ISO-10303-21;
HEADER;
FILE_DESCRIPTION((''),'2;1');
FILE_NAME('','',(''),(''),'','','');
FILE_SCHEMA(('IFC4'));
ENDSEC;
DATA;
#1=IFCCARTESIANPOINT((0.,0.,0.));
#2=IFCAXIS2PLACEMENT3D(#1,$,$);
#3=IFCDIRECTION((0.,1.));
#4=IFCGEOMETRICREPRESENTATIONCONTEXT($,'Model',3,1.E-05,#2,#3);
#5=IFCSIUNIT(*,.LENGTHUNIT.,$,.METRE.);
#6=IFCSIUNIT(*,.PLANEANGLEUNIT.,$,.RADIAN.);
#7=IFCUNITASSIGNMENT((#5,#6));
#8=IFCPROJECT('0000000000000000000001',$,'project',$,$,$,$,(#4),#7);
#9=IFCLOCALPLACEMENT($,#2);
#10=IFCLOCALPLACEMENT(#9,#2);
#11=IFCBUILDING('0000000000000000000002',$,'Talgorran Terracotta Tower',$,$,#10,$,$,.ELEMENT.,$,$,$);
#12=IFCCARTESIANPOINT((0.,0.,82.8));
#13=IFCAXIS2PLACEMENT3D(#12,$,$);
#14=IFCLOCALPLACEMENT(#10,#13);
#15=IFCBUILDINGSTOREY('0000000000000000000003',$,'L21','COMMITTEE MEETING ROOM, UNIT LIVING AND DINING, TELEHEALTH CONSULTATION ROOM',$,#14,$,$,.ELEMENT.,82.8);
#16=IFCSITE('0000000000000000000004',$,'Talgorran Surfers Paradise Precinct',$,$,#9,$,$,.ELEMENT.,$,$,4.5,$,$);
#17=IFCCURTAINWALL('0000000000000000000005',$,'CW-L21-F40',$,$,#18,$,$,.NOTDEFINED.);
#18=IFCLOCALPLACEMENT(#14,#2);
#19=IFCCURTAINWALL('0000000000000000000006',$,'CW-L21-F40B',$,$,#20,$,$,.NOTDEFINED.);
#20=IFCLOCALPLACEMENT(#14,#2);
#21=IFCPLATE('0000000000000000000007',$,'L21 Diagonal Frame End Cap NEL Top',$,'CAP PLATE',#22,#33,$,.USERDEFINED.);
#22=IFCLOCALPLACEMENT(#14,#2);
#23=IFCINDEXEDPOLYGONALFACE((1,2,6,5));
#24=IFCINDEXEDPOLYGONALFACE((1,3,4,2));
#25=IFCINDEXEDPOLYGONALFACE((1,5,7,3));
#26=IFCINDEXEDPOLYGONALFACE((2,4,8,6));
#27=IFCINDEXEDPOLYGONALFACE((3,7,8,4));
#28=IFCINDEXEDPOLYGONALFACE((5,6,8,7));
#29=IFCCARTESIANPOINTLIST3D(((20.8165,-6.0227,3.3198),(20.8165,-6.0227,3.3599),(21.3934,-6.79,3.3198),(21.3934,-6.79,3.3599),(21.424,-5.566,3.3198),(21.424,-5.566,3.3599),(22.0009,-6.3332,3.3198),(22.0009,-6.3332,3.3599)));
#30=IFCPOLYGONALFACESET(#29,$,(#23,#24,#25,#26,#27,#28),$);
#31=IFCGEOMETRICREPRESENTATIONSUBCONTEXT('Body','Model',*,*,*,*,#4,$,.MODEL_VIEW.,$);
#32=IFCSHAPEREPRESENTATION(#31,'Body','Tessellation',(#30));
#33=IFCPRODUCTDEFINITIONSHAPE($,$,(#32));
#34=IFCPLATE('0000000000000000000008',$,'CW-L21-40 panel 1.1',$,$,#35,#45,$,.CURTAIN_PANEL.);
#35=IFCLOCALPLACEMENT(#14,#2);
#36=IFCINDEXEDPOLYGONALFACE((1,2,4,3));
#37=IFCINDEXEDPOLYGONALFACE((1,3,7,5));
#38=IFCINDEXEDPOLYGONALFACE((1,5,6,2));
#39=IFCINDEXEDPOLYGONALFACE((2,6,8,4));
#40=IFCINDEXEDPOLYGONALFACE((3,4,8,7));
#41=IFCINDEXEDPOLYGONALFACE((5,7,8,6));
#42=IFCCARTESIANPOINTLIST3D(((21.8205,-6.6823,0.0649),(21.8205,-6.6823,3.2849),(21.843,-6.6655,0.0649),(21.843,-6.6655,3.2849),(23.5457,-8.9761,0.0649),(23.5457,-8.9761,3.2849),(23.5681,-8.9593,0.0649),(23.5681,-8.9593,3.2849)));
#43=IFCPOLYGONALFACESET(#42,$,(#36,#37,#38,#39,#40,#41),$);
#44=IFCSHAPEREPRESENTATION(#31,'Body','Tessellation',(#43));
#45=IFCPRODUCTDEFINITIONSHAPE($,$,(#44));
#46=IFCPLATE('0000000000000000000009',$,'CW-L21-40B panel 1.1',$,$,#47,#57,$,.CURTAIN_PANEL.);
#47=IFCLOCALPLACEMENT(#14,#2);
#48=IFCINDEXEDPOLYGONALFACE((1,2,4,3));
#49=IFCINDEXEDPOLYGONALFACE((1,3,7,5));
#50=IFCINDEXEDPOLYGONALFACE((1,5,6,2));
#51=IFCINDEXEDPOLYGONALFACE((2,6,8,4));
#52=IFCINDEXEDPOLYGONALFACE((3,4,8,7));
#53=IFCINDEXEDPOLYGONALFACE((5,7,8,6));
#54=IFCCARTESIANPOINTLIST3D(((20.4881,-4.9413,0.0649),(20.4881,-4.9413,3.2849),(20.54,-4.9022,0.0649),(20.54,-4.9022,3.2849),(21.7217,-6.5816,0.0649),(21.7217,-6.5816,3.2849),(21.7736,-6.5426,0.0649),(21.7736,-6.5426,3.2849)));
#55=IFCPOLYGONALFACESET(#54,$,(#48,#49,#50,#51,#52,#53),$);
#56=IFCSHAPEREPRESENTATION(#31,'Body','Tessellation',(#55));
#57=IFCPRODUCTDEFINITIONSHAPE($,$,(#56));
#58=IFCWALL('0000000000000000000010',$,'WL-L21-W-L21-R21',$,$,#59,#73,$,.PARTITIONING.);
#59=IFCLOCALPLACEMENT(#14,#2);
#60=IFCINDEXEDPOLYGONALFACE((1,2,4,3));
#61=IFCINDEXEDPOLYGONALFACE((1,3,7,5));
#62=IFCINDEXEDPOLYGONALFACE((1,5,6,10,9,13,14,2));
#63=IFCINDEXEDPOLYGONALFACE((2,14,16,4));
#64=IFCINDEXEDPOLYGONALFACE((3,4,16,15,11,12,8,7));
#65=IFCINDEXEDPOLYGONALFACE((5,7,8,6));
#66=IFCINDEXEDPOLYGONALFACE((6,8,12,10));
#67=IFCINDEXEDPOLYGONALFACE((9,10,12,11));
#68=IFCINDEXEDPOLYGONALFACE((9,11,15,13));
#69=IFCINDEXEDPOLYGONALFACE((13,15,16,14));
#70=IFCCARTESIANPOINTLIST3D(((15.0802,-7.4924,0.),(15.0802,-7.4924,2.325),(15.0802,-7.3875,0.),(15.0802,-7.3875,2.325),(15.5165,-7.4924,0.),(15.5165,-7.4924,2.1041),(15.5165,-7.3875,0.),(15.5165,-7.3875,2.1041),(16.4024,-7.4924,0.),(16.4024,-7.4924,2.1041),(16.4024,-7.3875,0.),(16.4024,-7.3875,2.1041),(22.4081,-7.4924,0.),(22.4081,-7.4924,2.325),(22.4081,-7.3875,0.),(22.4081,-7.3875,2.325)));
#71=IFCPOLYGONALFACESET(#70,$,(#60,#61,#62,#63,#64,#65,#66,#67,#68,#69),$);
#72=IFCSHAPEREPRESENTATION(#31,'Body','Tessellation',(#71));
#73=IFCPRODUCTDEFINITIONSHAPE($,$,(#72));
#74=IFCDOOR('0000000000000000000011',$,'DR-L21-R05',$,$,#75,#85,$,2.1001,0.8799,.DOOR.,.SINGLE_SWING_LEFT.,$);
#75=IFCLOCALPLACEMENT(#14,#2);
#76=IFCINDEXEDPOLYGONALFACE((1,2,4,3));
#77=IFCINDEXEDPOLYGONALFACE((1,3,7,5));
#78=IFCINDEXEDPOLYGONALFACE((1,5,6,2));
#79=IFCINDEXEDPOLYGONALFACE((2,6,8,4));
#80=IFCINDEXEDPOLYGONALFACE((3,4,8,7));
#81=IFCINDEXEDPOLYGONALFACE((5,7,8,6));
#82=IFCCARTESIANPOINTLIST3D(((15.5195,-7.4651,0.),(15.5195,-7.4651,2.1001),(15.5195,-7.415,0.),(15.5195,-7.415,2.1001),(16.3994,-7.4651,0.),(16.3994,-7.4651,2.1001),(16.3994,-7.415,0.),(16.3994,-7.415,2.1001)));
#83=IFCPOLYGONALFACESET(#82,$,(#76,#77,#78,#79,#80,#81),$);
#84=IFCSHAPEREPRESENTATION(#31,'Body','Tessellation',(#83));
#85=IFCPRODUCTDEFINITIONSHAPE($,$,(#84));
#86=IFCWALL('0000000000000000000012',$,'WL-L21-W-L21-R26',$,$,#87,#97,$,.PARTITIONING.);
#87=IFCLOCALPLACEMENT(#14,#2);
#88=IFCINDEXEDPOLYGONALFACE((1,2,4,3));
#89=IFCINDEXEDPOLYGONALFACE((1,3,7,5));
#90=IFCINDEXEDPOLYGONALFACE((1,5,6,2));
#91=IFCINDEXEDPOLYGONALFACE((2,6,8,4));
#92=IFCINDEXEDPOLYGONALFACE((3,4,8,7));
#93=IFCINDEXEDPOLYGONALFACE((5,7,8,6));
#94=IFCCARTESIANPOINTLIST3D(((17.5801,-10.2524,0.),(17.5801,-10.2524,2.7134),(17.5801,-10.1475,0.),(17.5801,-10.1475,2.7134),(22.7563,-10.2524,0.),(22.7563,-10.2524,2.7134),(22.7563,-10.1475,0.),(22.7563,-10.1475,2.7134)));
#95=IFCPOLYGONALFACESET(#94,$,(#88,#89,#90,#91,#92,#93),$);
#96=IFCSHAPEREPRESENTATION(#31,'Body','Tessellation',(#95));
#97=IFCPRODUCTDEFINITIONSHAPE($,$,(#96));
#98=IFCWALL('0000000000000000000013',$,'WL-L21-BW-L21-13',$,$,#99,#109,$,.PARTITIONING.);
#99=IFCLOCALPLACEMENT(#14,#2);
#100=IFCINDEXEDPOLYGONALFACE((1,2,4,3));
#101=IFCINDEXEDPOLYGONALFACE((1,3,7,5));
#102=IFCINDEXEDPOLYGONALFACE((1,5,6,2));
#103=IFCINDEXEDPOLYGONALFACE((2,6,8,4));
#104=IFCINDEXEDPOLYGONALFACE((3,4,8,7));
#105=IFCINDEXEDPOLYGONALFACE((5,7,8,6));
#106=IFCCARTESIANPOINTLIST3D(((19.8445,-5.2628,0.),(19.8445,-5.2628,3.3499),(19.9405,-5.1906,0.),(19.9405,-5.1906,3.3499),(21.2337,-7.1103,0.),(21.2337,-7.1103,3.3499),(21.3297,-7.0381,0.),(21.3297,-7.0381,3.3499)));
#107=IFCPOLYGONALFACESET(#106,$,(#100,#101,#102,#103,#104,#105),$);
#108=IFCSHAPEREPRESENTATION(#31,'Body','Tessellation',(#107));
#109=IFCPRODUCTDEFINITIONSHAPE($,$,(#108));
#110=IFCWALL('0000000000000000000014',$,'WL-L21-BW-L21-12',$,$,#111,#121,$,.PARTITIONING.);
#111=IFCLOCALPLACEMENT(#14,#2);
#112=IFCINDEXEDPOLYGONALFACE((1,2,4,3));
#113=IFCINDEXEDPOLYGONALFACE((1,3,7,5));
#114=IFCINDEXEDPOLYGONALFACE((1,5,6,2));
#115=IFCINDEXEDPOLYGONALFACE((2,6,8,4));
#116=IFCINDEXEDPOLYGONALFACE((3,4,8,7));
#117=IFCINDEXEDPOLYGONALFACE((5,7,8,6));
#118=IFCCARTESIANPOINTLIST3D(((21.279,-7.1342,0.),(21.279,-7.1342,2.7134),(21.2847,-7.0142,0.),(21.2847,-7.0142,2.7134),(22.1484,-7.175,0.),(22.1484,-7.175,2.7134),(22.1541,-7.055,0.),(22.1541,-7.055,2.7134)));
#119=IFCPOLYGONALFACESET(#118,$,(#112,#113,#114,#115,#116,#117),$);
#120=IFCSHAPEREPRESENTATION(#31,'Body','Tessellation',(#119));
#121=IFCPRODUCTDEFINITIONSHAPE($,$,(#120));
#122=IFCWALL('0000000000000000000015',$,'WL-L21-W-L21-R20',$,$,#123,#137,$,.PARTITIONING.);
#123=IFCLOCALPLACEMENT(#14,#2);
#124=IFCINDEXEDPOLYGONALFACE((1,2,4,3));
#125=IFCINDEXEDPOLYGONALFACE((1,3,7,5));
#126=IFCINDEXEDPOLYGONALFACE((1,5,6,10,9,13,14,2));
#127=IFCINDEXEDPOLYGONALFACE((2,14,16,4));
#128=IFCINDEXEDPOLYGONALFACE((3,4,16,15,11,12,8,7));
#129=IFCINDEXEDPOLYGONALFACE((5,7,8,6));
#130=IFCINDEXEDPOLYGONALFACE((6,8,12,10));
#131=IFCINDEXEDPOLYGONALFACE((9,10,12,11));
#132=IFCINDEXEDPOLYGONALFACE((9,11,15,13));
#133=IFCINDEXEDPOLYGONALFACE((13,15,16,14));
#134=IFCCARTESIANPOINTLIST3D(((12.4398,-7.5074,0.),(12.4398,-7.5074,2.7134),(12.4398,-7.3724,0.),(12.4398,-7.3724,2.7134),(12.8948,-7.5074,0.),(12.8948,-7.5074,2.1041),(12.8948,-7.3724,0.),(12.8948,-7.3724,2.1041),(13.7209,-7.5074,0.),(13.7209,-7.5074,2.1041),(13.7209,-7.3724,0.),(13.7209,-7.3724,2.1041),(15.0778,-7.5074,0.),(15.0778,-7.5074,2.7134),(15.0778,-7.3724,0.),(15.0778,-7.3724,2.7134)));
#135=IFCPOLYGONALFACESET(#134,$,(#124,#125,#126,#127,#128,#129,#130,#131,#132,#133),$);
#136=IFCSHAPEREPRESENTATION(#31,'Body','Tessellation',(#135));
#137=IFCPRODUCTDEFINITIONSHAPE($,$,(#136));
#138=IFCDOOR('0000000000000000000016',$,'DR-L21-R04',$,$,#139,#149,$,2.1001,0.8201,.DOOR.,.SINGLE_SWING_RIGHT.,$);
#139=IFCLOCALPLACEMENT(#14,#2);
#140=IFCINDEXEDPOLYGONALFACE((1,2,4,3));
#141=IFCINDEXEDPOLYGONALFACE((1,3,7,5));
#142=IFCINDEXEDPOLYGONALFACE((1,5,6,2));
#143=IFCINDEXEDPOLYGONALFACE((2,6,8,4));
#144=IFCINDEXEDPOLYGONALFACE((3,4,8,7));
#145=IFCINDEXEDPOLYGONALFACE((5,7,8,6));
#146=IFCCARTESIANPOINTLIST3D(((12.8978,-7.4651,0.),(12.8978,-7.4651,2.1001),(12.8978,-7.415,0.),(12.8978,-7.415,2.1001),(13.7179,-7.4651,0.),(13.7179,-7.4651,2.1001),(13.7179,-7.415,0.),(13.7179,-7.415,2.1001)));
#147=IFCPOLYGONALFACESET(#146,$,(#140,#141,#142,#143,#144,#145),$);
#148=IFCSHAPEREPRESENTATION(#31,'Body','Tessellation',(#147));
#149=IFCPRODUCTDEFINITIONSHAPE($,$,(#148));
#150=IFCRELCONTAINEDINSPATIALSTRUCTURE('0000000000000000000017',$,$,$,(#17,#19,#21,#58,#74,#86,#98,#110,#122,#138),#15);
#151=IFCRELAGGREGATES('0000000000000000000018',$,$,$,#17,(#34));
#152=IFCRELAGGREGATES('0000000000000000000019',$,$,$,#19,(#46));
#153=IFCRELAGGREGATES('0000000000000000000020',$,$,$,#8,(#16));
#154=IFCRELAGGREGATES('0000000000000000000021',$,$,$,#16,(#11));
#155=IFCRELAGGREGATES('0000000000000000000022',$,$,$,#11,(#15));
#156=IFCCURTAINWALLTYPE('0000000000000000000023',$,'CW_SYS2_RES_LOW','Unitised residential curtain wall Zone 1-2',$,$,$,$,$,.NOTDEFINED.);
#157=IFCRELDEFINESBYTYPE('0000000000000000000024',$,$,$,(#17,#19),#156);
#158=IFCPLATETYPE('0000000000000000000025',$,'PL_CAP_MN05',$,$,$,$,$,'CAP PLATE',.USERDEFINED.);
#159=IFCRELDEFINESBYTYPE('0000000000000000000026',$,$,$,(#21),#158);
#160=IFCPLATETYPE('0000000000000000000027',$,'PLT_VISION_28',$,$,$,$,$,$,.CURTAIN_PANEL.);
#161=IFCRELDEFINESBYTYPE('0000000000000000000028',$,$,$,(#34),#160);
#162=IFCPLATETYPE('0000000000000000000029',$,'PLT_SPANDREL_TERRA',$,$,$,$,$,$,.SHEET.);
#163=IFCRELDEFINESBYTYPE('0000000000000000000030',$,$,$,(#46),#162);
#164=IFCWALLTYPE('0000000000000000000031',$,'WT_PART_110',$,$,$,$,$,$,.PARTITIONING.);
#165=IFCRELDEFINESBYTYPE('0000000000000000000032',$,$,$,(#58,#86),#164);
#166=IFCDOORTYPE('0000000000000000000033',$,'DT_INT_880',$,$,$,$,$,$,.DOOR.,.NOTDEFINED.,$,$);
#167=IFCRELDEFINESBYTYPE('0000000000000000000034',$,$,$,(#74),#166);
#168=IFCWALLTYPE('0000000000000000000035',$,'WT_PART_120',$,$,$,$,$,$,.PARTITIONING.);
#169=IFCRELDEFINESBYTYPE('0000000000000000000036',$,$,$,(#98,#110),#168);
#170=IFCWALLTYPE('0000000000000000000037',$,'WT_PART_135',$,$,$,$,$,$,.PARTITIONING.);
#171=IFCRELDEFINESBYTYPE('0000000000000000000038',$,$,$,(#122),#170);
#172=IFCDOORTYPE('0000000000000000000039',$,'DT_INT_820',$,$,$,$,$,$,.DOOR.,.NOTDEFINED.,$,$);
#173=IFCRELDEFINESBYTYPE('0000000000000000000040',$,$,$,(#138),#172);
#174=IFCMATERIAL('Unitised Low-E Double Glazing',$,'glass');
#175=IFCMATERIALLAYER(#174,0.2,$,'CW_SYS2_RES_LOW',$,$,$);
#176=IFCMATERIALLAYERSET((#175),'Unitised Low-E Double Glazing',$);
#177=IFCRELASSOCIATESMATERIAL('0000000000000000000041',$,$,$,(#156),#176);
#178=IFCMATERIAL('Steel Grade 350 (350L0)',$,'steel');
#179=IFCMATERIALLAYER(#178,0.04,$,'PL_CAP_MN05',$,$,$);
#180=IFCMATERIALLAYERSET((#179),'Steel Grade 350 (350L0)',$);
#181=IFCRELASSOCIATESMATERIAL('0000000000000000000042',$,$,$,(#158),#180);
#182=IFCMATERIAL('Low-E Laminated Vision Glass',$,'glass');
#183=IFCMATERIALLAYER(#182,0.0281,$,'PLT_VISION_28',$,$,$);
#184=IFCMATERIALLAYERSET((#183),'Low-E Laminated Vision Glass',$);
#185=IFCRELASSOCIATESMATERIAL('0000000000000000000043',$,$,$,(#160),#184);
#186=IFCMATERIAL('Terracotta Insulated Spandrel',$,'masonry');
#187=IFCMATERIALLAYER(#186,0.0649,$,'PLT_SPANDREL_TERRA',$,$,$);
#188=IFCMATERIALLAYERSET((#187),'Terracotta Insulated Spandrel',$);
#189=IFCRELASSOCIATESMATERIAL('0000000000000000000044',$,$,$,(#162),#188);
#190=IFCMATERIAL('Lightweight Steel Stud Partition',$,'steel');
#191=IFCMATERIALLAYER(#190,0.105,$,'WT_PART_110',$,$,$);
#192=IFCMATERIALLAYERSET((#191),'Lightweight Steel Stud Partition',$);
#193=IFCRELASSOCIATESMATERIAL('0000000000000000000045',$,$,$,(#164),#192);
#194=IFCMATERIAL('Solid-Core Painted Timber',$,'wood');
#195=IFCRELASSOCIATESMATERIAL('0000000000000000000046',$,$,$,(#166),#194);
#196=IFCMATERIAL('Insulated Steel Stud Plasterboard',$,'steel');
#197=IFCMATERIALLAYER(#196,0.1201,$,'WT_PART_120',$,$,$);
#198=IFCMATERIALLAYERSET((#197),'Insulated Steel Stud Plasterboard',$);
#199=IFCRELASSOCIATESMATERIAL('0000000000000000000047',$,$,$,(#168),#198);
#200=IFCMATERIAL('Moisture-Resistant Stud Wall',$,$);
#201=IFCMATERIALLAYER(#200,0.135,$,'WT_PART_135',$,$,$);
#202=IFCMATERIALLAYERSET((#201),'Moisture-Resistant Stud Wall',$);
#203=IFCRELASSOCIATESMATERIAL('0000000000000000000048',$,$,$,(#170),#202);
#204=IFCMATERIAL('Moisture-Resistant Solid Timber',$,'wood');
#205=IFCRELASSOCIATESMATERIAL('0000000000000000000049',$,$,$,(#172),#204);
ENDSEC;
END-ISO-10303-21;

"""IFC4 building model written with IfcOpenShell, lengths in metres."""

from ifc_helpers import new_model, si_unit, direction, frame, frame_2d, origin, origin_2d, place, context, subcontext, project, spatial, rectangle, extrude, source, transform, mapped, material, layer, layer_set, type_object, type_shapes, element, fill, aggregate, save


model = new_model("IFC4")

# Units and contexts
model_context = context("Model", 3, precision=1e-05, world=origin(), true_north=direction((0.0, 1.0)))
body_context = subcontext(model_context, "Body", "Model", "MODEL_VIEW")
ifc_project = project(units=[si_unit("LENGTHUNIT", "METRE"), si_unit("PLANEANGLEUNIT", "RADIAN")], contexts=[model_context])

# Site, building, storey
site_placement = place(None, origin())
site = spatial("IfcSite", under=ifc_project, at=site_placement, Name="Talgorran Surfers Paradise Precinct", CompositionType="ELEMENT", RefElevation=4.5)
building_placement = place(site_placement, origin())
building = spatial("IfcBuilding", under=site, at=building_placement, Name="Talgorran Terracotta Tower", CompositionType="ELEMENT")
storey_placement = place(building_placement, frame((0.0, 0.0, 82.8)))
storey = spatial("IfcBuildingStorey", under=building, at=storey_placement, Name="L21", Description="COMMITTEE MEETING ROOM, UNIT LIVING AND DINING, TELEHEALTH CONSULTATION ROOM", CompositionType="ELEMENT", Elevation=82.8)

# Shared definitions
ifc_material_1 = material(Name="Steel Grade 350 (350L0)", Category="steel")

# Shared definitions
ifc_material_2 = material(Name="Unitised Low-E Double Glazing", Category="glass")
ifc_layer_1 = layer(ifc_material_2, 0.2, Name="CW_SYS2_RES_LOW")
ifc_layer_set_1 = layer_set([ifc_layer_1], Name="Unitised Low-E Double Glazing")
curtain_wall_type = type_object("IfcCurtainWallType", Name="CW_SYS2_RES_LOW", Description="Unitised residential curtain wall Zone 1-2", PredefinedType="NOTDEFINED", material=ifc_layer_set_1)

# Curtain wall
curtain_wall_1_placement = place(storey_placement, origin())
curtain_wall_1 = element("IfcCurtainWall", 1, at=curtain_wall_1_placement, inside=storey, type_object=curtain_wall_type, Name="CW-L21-F40", PredefinedType="NOTDEFINED")

# Curtain wall
curtain_wall_2_placement = place(storey_placement, origin())
curtain_wall_2 = element("IfcCurtainWall", 2, at=curtain_wall_2_placement, inside=storey, type_object=curtain_wall_type, Name="CW-L21-F40B", PredefinedType="NOTDEFINED")

# Plate
ifc_layer_2 = layer(ifc_material_1, 0.04, Name="PL_CAP_MN05")
ifc_layer_set_2 = layer_set([ifc_layer_2], Name="Steel Grade 350 (350L0)")
plate_type_1 = type_object("IfcPlateType", Name="PL_CAP_MN05", ElementType="CAP PLATE", PredefinedType="USERDEFINED", material=ifc_layer_set_2)
for number, where, z_axis, x_axis, name in (
    (3, (21.4087, -6.178, 3.3198), (0.0, 0.0, 1.0), (0.600978, -0.799265, 0.0), "L21 Diagonal Frame End Cap NEL Top"),
):
    element("IfcPlate", number, at=place(storey_placement, frame(where, z_axis=z_axis, x_axis=x_axis)), inside=storey, type_object=plate_type_1, Name=name, ObjectType="CAP PLATE", PredefinedType="USERDEFINED", context=body_context, shape_type="SweptSolid", body=[
        extrude(rectangle(XDim=0.96, YDim=0.76, at=origin_2d()), origin(), (0.0, 0.0, 1.0), 0.04),
    ])

# Plates
ifc_material_3 = material(Name="Low-E Laminated Vision Glass", Category="glass")
ifc_layer_3 = layer(ifc_material_3, 0.0281, Name="PLT_VISION_28")
ifc_layer_set_3 = layer_set([ifc_layer_3], Name="Low-E Laminated Vision Glass")
plate_type_2 = type_object("IfcPlateType", Name="PLT_VISION_28", PredefinedType="CURTAIN_PANEL", material=ifc_layer_set_3)
shared_shape_1 = source(origin(), body_context, "Body", "SweptSolid", [
    extrude(rectangle(XDim=2.8701, YDim=0.0281, at=origin_2d()), origin(), (0.0, 0.0, 1.0), 3.22),
])
type_shapes(plate_type_2, [shared_shape_1])
plate_1_placement = place(storey_placement, frame((22.6943, -7.8208, 0.0649), z_axis=(0.0, 0.0, 1.0), x_axis=(-0.601071, 0.799195, 0.0)))
plate_1 = element("IfcPlate", 4, at=plate_1_placement, type_object=plate_type_2, Name="CW-L21-40 panel 1.1", PredefinedType="CURTAIN_PANEL", context=body_context, shape_type="MappedRepresentation", body=[
    mapped(shared_shape_1, transform((0.0, 0.0, 0.0), scale=1.0)),
])
aggregate(curtain_wall_1, [plate_1])
ifc_material_4 = material(Name="Terracotta Insulated Spandrel", Category="masonry")
ifc_layer_4 = layer(ifc_material_4, 0.0649, Name="PLT_SPANDREL_TERRA")
ifc_layer_set_4 = layer_set([ifc_layer_4], Name="Terracotta Insulated Spandrel")
plate_type_3 = type_object("IfcPlateType", Name="PLT_SPANDREL_TERRA", PredefinedType="SHEET", material=ifc_layer_set_4)
shared_shape_2 = source(origin(), body_context, "Body", "SweptSolid", [
    extrude(rectangle(XDim=2.0525, YDim=0.0649, at=origin_2d()), origin(), (0.0, 0.0, 1.0), 3.22),
])
type_shapes(plate_type_3, [shared_shape_2])
plate_2_placement = place(storey_placement, frame((21.1309, -5.7419, 0.0649), z_axis=(0.0, 0.0, 1.0), x_axis=(-0.601048, 0.799213, 0.0)))
plate_2 = element("IfcPlate", 5, at=plate_2_placement, type_object=plate_type_3, Name="CW-L21-40B panel 1.1", PredefinedType="CURTAIN_PANEL", context=body_context, shape_type="MappedRepresentation", body=[
    mapped(shared_shape_2, transform((0.0, 0.0, 0.0), scale=1.0)),
])
aggregate(curtain_wall_2, [plate_2])

# Wall, opening, door
ifc_material_5 = material(Name="Lightweight Steel Stud Partition", Category="steel")
ifc_layer_5 = layer(ifc_material_5, 0.105, Name="WT_PART_110")
ifc_layer_set_5 = layer_set([ifc_layer_5], Name="Lightweight Steel Stud Partition")
wall_type_1 = type_object("IfcWallType", Name="WT_PART_110", PredefinedType="PARTITIONING", material=ifc_layer_set_5)
wall_1_placement = place(storey_placement, frame((15.0801, -7.4399, 0.0), z_axis=(0.0, 0.0, 1.0), x_axis=(1.0, 0.0, 0.0)))
wall_1 = element("IfcWall", 6, at=wall_1_placement, inside=storey, type_object=wall_type_1, Name="WL-L21-W-L21-R21", PredefinedType="PARTITIONING", context=body_context, shape_type="SweptSolid", body=[
    extrude(rectangle(XDim=7.3279, YDim=0.105, at=frame_2d((3.6641, 0.0))), origin(), (0.0, 0.0, 1.0), 2.325),
])
opening_1_placement = place(wall_1_placement, frame((0.4395, 0.0, 0.0)))
opening_1 = element("IfcOpeningElement", 7, at=opening_1_placement, cuts=wall_1, PredefinedType="OPENING", context=body_context, shape_type="SweptSolid", body=[
    extrude(rectangle(XDim=0.8859, YDim=2.1041, at=frame_2d((0.4399, 1.052))), frame((0.0, 0.0625, 0.0), z_axis=(0.0, -1.0, 0.0), x_axis=(1.0, 0.0, 0.0)), (0.0, 0.0, 1.0), 0.125),
])
ifc_material_6 = material(Name="Solid-Core Painted Timber", Category="wood")
door_type_1 = type_object("IfcDoorType", Name="DT_INT_880", OperationType="NOTDEFINED", PredefinedType="DOOR", material=ifc_material_6)
door_1_placement = place(opening_1_placement, origin())
door_1 = element("IfcDoor", 8, at=door_1_placement, inside=storey, type_object=door_type_1, Name="DR-L21-R05", OperationType="SINGLE_SWING_LEFT", OverallHeight=2.1001, OverallWidth=0.8799, PredefinedType="DOOR", context=body_context, shape_type="SweptSolid", body=[
    extrude(rectangle(XDim=0.8799, YDim=2.1001, at=frame_2d((0.4399, 1.05))), frame((0.0, 0.0249, 0.0), z_axis=(0.0, -1.0, 0.0), x_axis=(1.0, 0.0, 0.0)), (0.0, 0.0, 1.0), 0.05),
])
fill(opening_1, door_1)

# Walls
wall_2_placement = place(storey_placement, frame((17.5801, -10.2, 0.0), z_axis=(0.0, 0.0, 1.0), x_axis=(1.0, 0.0, 0.0)))
element("IfcWall", 9, at=wall_2_placement, inside=storey, type_object=wall_type_1, Name="WL-L21-W-L21-R26", PredefinedType="PARTITIONING", context=body_context, shape_type="SweptSolid", body=[
    extrude(rectangle(XDim=5.1763, YDim=0.105, at=frame_2d((2.5881, 0.0))), origin(), (0.0, 0.0, 1.0), 2.7134),
])
ifc_material_7 = material(Name="Insulated Steel Stud Plasterboard", Category="steel")
ifc_layer_6 = layer(ifc_material_7, 0.1201, Name="WT_PART_120")
ifc_layer_set_6 = layer_set([ifc_layer_6], Name="Insulated Steel Stud Plasterboard")
wall_type_2 = type_object("IfcWallType", Name="WT_PART_120", PredefinedType="PARTITIONING", material=ifc_layer_set_6)
wall_3_placement = place(storey_placement, frame((21.2817, -7.0742, 0.0), z_axis=(0.0, 0.0, 1.0), x_axis=(-0.600997, 0.799252, 0.0)))
element("IfcWall", 10, at=wall_3_placement, inside=storey, type_object=wall_type_2, Name="WL-L21-BW-L21-13", PredefinedType="PARTITIONING", context=body_context, shape_type="SweptSolid", body=[
    extrude(rectangle(XDim=2.3115, YDim=0.1201, at=frame_2d((1.1558, 0.0))), origin(), (0.0, 0.0, 1.0), 3.3499),
])
wall_4_placement = place(storey_placement, frame((22.1511, -7.115, 0.0), z_axis=(0.0, 0.0, 1.0), x_axis=(-0.998902, 0.046845, 0.0)))
element("IfcWall", 11, at=wall_4_placement, inside=storey, type_object=wall_type_2, Name="WL-L21-BW-L21-12", PredefinedType="PARTITIONING", context=body_context, shape_type="SweptSolid", body=[
    extrude(rectangle(XDim=0.8704, YDim=0.1201, at=frame_2d((0.4351, 0.0))), origin(), (0.0, 0.0, 1.0), 2.7134),
])

# Wall, opening, door
ifc_material_8 = material(Name="Moisture-Resistant Stud Wall")
ifc_layer_7 = layer(ifc_material_8, 0.135, Name="WT_PART_135")
ifc_layer_set_7 = layer_set([ifc_layer_7], Name="Moisture-Resistant Stud Wall")
wall_type_3 = type_object("IfcWallType", Name="WT_PART_135", PredefinedType="PARTITIONING", material=ifc_layer_set_7)
wall_5_placement = place(storey_placement, frame((12.4399, -7.4399, 0.0), z_axis=(0.0, 0.0, 1.0), x_axis=(1.0, 0.0, 0.0)))
wall_5 = element("IfcWall", 12, at=wall_5_placement, inside=storey, type_object=wall_type_3, Name="WL-L21-W-L21-R20", PredefinedType="PARTITIONING", context=body_context, shape_type="SweptSolid", body=[
    extrude(rectangle(XDim=2.6379, YDim=0.135, at=frame_2d((1.3188, 0.0))), origin(), (0.0, 0.0, 1.0), 2.7134),
])
opening_2_placement = place(wall_5_placement, frame((0.4578, 0.0, 0.0)))
opening_2 = element("IfcOpeningElement", 13, at=opening_2_placement, cuts=wall_5, PredefinedType="OPENING", context=body_context, shape_type="SweptSolid", body=[
    extrude(rectangle(XDim=0.8261, YDim=2.1041, at=frame_2d((0.4102, 1.052))), frame((0.0, 0.0776, 0.0), z_axis=(0.0, -1.0, 0.0), x_axis=(1.0, 0.0, 0.0)), (0.0, 0.0, 1.0), 0.155),
])
ifc_material_9 = material(Name="Moisture-Resistant Solid Timber", Category="wood")
door_type_2 = type_object("IfcDoorType", Name="DT_INT_820", OperationType="NOTDEFINED", PredefinedType="DOOR", material=ifc_material_9)
door_2_placement = place(opening_2_placement, origin())
door_2 = element("IfcDoor", 14, at=door_2_placement, inside=storey, type_object=door_type_2, Name="DR-L21-R04", OperationType="SINGLE_SWING_RIGHT", OverallHeight=2.1001, OverallWidth=0.8201, PredefinedType="DOOR", context=body_context, shape_type="SweptSolid", body=[
    extrude(rectangle(XDim=0.8201, YDim=2.1001, at=frame_2d((0.4102, 1.05))), frame((0.0, 0.0249, 0.0), z_axis=(0.0, -1.0, 0.0), x_axis=(1.0, 0.0, 0.0)), (0.0, 0.0, 1.0), 0.05),
])
fill(opening_2, door_2)

save(model, "model.ifc")
